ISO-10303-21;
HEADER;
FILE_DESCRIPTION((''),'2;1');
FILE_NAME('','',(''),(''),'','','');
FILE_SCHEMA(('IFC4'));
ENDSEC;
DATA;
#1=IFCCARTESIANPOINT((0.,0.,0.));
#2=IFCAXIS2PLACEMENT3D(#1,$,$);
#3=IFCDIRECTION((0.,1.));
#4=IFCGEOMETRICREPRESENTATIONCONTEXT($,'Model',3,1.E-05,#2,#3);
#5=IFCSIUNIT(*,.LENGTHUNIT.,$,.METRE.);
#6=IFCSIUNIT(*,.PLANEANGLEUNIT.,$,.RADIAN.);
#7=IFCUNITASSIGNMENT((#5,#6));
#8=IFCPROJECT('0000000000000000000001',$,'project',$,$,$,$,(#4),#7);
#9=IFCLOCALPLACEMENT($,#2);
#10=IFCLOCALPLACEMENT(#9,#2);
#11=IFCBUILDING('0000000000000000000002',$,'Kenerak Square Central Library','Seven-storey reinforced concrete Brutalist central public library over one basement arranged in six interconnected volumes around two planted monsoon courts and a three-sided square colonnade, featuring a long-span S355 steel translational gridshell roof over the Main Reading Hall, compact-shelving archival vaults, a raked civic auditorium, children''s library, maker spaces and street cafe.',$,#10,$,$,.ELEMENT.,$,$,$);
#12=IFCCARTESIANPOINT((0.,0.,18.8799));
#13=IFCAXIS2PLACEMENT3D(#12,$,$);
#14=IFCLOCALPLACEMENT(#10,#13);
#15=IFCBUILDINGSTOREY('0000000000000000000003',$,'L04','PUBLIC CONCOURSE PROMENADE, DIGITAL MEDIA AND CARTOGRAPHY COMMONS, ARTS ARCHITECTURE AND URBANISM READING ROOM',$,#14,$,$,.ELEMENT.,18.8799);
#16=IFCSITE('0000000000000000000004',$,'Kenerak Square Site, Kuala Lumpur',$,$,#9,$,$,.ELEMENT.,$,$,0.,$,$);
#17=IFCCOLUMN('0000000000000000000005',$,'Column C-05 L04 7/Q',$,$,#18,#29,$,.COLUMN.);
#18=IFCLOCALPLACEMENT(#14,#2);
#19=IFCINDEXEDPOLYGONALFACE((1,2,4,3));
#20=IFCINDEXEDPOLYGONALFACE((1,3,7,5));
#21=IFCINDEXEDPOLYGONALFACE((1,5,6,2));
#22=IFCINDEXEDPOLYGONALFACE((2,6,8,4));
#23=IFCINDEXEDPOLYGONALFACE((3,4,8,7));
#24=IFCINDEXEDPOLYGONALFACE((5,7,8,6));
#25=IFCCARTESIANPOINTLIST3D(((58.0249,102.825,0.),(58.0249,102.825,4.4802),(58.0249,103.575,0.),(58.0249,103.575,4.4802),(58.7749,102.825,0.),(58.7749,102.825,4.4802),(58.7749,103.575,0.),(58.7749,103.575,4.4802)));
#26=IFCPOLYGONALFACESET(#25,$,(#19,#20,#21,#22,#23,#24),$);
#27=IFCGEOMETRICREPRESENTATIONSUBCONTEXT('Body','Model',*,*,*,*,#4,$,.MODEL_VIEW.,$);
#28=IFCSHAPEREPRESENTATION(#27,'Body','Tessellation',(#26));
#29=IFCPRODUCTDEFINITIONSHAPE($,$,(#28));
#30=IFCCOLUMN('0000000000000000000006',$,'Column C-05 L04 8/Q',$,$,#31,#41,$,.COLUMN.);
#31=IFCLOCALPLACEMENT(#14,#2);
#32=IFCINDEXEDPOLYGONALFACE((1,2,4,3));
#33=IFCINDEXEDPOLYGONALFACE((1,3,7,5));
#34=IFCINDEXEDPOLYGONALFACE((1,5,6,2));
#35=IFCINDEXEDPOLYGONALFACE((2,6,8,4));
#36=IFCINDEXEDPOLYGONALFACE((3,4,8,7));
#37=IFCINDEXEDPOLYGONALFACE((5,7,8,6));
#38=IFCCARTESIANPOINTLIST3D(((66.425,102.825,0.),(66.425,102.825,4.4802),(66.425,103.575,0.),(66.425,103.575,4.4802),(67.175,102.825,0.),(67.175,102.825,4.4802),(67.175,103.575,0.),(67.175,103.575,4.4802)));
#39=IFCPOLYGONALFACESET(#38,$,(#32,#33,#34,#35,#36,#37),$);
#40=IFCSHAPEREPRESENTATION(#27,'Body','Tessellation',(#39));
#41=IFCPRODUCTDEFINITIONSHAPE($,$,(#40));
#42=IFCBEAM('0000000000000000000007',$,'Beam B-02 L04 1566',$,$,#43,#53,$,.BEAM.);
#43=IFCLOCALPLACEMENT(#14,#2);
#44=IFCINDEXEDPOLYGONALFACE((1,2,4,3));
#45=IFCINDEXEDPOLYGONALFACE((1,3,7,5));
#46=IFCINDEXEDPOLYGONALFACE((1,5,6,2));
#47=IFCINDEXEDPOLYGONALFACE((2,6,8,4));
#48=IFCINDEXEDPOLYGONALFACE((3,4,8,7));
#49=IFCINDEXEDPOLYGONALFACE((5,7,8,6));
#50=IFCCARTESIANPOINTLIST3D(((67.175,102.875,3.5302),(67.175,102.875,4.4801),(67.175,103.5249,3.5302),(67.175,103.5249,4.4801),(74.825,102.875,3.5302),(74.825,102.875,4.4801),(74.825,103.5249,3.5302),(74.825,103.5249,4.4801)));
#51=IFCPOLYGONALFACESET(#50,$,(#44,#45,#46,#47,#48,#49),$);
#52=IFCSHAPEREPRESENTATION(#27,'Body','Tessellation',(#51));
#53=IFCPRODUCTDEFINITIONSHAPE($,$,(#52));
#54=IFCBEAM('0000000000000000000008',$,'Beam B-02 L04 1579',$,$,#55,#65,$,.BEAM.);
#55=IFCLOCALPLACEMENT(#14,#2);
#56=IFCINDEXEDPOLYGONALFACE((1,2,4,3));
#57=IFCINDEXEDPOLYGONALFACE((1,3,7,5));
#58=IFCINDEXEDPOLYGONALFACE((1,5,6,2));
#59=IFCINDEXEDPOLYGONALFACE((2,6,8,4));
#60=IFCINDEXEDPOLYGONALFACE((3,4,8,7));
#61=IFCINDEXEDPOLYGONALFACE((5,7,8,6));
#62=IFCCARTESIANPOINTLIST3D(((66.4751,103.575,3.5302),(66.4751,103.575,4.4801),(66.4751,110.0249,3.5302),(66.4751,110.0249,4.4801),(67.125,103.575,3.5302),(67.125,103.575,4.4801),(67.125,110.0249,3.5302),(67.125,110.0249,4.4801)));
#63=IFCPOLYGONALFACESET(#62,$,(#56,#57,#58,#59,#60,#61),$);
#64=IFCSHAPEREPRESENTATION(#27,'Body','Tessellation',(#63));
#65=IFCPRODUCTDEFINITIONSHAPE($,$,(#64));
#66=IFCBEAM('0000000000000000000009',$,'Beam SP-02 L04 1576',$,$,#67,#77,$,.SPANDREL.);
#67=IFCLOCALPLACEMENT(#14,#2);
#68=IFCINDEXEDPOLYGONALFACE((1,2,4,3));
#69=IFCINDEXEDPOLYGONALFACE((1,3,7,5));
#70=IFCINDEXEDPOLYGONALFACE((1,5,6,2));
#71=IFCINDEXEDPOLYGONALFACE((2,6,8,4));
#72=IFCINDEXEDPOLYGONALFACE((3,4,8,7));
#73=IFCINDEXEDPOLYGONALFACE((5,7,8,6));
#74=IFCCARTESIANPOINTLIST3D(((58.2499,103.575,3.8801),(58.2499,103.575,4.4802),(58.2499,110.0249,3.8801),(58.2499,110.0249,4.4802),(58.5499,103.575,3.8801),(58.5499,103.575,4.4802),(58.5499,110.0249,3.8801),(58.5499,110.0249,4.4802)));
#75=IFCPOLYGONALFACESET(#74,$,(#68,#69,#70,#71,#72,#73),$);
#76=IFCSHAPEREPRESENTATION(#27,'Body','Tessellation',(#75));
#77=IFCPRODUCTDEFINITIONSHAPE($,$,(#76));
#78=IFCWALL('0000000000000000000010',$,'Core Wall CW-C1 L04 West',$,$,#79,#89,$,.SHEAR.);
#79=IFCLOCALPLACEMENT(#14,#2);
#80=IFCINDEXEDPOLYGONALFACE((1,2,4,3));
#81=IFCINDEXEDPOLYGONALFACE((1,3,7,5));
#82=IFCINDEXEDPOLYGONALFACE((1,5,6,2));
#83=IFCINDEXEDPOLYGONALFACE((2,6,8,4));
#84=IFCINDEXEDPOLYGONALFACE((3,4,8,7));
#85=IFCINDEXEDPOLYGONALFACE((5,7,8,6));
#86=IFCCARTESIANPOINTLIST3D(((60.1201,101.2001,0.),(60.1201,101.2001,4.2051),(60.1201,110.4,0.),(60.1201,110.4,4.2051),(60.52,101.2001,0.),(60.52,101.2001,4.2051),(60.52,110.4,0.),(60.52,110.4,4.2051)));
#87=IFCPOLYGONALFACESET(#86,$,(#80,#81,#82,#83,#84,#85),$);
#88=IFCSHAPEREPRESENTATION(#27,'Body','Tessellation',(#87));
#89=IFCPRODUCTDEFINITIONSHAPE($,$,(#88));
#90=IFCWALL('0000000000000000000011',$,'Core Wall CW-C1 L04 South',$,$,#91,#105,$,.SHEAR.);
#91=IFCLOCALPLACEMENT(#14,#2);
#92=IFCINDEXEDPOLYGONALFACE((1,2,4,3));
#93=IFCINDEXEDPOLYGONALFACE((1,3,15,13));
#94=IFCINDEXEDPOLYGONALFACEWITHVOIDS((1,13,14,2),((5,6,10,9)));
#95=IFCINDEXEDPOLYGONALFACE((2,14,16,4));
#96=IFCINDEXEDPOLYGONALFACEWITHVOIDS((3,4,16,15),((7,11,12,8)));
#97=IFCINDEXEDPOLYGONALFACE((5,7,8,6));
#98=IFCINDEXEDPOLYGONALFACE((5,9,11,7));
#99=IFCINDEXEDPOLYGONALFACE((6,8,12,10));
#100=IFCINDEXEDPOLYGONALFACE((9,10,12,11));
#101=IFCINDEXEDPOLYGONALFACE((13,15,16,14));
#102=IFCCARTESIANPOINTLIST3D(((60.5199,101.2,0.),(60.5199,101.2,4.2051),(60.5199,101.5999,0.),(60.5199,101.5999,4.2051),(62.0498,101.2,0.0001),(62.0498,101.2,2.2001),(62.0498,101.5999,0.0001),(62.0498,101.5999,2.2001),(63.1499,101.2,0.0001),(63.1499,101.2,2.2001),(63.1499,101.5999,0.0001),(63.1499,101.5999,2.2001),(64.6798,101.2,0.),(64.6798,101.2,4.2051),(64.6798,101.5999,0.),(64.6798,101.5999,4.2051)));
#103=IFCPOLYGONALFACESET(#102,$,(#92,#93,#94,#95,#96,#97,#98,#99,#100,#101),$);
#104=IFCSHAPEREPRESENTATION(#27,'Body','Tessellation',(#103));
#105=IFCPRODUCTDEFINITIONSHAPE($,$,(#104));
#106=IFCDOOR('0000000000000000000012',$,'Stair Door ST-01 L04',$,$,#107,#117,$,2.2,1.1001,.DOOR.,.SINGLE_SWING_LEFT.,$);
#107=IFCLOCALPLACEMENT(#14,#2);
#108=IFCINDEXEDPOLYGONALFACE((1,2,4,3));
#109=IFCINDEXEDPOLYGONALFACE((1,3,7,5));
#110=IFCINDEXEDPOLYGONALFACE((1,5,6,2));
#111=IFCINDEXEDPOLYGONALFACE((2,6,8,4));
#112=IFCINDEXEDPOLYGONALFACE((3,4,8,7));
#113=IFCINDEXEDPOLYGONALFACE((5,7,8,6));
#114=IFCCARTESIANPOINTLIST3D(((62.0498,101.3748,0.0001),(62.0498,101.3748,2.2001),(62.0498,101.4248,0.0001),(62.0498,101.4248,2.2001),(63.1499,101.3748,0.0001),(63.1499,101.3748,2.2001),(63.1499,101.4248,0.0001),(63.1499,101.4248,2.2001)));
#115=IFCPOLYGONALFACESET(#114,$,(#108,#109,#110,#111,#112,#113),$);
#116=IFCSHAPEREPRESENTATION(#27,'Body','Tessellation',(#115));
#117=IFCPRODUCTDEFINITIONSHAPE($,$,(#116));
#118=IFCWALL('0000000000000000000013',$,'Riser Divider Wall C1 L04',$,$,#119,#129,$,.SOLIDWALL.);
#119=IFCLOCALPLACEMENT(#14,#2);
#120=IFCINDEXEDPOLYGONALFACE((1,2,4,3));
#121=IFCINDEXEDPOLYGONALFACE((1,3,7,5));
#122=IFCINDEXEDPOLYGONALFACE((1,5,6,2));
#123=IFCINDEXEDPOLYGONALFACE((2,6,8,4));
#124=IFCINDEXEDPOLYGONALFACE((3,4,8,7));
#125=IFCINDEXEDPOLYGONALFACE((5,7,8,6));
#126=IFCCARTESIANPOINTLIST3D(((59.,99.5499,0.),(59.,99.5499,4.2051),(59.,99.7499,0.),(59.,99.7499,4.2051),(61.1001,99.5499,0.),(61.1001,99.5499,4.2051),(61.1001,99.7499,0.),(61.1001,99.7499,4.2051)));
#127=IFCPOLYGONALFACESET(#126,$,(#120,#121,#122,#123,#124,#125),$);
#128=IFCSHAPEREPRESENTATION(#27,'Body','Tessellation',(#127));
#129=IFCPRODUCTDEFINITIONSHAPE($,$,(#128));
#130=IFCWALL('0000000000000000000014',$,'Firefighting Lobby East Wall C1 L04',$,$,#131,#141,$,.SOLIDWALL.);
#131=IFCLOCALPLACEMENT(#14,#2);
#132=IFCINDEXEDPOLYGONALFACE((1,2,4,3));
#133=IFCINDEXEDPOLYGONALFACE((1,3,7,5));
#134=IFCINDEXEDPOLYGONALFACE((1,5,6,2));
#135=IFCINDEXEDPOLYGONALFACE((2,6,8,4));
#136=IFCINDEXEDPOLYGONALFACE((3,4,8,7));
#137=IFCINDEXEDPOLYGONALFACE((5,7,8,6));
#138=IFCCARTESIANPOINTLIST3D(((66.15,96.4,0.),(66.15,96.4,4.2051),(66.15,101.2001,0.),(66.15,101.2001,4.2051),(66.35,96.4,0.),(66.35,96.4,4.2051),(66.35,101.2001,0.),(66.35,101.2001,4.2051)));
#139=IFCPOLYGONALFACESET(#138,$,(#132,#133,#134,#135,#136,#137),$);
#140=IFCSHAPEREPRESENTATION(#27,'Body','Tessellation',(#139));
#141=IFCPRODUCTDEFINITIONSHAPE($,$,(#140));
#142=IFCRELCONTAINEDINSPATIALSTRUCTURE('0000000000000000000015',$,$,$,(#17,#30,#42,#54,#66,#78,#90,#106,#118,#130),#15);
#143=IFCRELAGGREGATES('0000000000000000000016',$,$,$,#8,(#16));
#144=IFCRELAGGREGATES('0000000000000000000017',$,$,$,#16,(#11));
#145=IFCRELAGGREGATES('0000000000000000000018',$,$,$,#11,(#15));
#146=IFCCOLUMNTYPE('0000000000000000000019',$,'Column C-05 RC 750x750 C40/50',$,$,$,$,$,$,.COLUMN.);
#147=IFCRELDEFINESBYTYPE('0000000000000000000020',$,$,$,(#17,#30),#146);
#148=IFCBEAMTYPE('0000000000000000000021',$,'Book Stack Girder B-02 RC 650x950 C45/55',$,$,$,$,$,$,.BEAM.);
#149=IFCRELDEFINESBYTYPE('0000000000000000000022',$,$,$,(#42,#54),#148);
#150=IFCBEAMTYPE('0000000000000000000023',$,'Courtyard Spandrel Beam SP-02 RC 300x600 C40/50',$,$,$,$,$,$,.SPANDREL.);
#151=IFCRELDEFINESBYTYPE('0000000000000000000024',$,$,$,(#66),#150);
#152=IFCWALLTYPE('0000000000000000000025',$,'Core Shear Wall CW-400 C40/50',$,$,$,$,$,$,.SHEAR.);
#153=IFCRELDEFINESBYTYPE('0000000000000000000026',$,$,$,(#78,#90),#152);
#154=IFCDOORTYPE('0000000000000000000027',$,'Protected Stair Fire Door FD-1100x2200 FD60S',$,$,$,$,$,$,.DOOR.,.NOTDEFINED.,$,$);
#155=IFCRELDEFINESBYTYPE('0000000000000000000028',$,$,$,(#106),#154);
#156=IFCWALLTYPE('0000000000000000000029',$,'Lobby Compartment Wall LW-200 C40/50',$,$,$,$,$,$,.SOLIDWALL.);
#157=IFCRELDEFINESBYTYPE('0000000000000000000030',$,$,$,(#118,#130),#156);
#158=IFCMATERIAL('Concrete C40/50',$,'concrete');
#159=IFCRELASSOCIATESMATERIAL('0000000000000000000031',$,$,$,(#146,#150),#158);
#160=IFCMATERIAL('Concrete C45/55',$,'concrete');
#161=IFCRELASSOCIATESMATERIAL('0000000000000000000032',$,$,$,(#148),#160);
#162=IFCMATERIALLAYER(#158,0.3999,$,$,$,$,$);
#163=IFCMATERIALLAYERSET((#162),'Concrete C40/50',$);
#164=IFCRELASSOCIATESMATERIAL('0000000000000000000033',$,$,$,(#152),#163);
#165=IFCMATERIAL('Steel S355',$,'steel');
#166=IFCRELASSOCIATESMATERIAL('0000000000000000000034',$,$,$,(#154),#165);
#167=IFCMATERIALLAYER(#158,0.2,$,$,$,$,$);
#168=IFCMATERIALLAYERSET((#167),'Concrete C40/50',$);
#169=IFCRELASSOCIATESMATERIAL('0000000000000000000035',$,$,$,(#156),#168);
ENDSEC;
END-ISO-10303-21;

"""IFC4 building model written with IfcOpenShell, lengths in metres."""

from ifc_helpers import new_model, si_unit, direction, frame, frame_2d, origin, origin_2d, place, context, subcontext, project, spatial, rectangle, extrude, material, layer, layer_set, material_profile, profile_set, type_object, element, fill, save


model = new_model("IFC4")

# Units and contexts
model_context = context("Model", 3, precision=1e-05, world=origin(), true_north=direction((0.0, 1.0)))
body_context = subcontext(model_context, "Body", "Model", "MODEL_VIEW")
ifc_project = project(units=[si_unit("LENGTHUNIT", "METRE"), si_unit("PLANEANGLEUNIT", "RADIAN")], contexts=[model_context])

# Site, building, storey
site_placement = place(None, origin())
site = spatial("IfcSite", under=ifc_project, at=site_placement, Name="Kenerak Square Site, Kuala Lumpur", CompositionType="ELEMENT", RefElevation=0.0)
building_placement = place(site_placement, origin())
building = spatial("IfcBuilding", under=site, at=building_placement, Name="Kenerak Square Central Library", Description="Seven-storey reinforced concrete Brutalist central public library over one basement arranged in six interconnected volumes around two planted monsoon courts and a three-sided square colonnade, featuring a long-span S355 steel translational gridshell roof over the Main Reading Hall, compact-shelving archival vaults, a raked civic auditorium, children's library, maker spaces and street cafe.", CompositionType="ELEMENT")
storey_placement = place(building_placement, frame((0.0, 0.0, 18.8799)))
storey = spatial("IfcBuildingStorey", under=building, at=storey_placement, Name="L04", Description="PUBLIC CONCOURSE PROMENADE, DIGITAL MEDIA AND CARTOGRAPHY COMMONS, ARTS ARCHITECTURE AND URBANISM READING ROOM", CompositionType="ELEMENT", Elevation=18.8799)

# Columns
ifc_material_1 = material(Name="Concrete C40/50", Category="concrete")
ifc_material_profile_1 = material_profile(ifc_material_1, rectangle(XDim=0.75, YDim=0.75, at=origin_2d()), Name="RC 750x750")
ifc_profile_set_1 = profile_set([ifc_material_profile_1], Name="Concrete C40/50")
column_type = type_object("IfcColumnType", Name="Column C-05 RC 750x750 C40/50", PredefinedType="COLUMN", material=ifc_profile_set_1)
for number, where, z_axis, x_axis, name in (
    (1, (58.3999, 103.2, 0.0), (0.0, 0.0, 1.0), (1.0, 0.0, 0.0), "Column C-05 L04 7/Q"),
    (2, (66.8, 103.2, 0.0), (0.0, 0.0, 1.0), (1.0, 0.0, 0.0), "Column C-05 L04 8/Q"),
):
    element("IfcColumn", number, at=place(storey_placement, frame(where, z_axis=z_axis, x_axis=x_axis)), inside=storey, type_object=column_type, Name=name, PredefinedType="COLUMN", context=body_context, shape_type="SweptSolid", body=[
        extrude(rectangle(XDim=0.75, YDim=0.75, at=origin_2d()), origin(), (0.0, 0.0, 1.0), 4.4802),
    ])

# Beams
ifc_material_2 = material(Name="Concrete C45/55", Category="concrete")
ifc_material_profile_2 = material_profile(ifc_material_2, rectangle(XDim=0.6499, YDim=0.95, at=origin_2d()), Name="RC 650x950")
ifc_profile_set_2 = profile_set([ifc_material_profile_2], Name="Concrete C45/55")
beam_type_1 = type_object("IfcBeamType", Name="Book Stack Girder B-02 RC 650x950 C45/55", PredefinedType="BEAM", material=ifc_profile_set_2)
beam_1_placement = place(storey_placement, frame((67.175, 103.2, 4.0051), z_axis=(1.0, 0.0, 0.0), x_axis=(0.0, 1.0, 0.0)))
element("IfcBeam", 3, at=beam_1_placement, inside=storey, type_object=beam_type_1, Name="Beam B-02 L04 1566", PredefinedType="BEAM", context=body_context, shape_type="SweptSolid", body=[
    extrude(rectangle(XDim=0.6499, YDim=0.95, at=origin_2d()), origin(), (0.0, 0.0, 1.0), 7.6499),
])
beam_2_placement = place(storey_placement, frame((66.8, 103.575, 4.0051), z_axis=(0.0, 1.0, 0.0), x_axis=(-1.0, 0.0, 0.0)))
element("IfcBeam", 4, at=beam_2_placement, inside=storey, type_object=beam_type_1, Name="Beam B-02 L04 1579", PredefinedType="BEAM", context=body_context, shape_type="SweptSolid", body=[
    extrude(rectangle(XDim=0.6499, YDim=0.95, at=origin_2d()), origin(), (0.0, 0.0, 1.0), 6.45),
])
ifc_material_profile_3 = material_profile(ifc_material_1, rectangle(XDim=0.3, YDim=0.6001, at=origin_2d()), Name="RC 300x600")
ifc_profile_set_3 = profile_set([ifc_material_profile_3], Name="Concrete C40/50")
beam_type_2 = type_object("IfcBeamType", Name="Courtyard Spandrel Beam SP-02 RC 300x600 C40/50", PredefinedType="SPANDREL", material=ifc_profile_set_3)
beam_3_placement = place(storey_placement, frame((58.3999, 103.575, 4.1802), z_axis=(0.0, 1.0, 0.0), x_axis=(-1.0, 0.0, 0.0)))
element("IfcBeam", 5, at=beam_3_placement, inside=storey, type_object=beam_type_2, Name="Beam SP-02 L04 1576", PredefinedType="SPANDREL", context=body_context, shape_type="SweptSolid", body=[
    extrude(rectangle(XDim=0.3, YDim=0.6001, at=origin_2d()), origin(), (0.0, 0.0, 1.0), 6.45),
])

# Wall
ifc_layer_1 = layer(ifc_material_1, 0.3999)
ifc_layer_set_1 = layer_set([ifc_layer_1], Name="Concrete C40/50")
wall_type_1 = type_object("IfcWallType", Name="Core Shear Wall CW-400 C40/50", PredefinedType="SHEAR", material=ifc_layer_set_1)
wall_1_placement = place(storey_placement, frame((60.3201, 101.2, 0.0), z_axis=(0.0, 0.0, 1.0), x_axis=(0.0, 1.0, 0.0)))
element("IfcWall", 6, at=wall_1_placement, inside=storey, type_object=wall_type_1, Name="Core Wall CW-C1 L04 West", PredefinedType="SHEAR", context=body_context, shape_type="SweptSolid", body=[
    extrude(rectangle(XDim=9.2, YDim=0.3999, at=frame_2d((4.6001, 0.0))), origin(), (0.0, 0.0, 1.0), 4.2051),
])

# Wall, opening, door
wall_2_placement = place(storey_placement, frame((64.6799, 101.3999, 0.0), z_axis=(0.0, 0.0, 1.0), x_axis=(-1.0, 0.0, 0.0)))
wall_2 = element("IfcWall", 7, at=wall_2_placement, inside=storey, type_object=wall_type_1, Name="Core Wall CW-C1 L04 South", PredefinedType="SHEAR", context=body_context, shape_type="SweptSolid", body=[
    extrude(rectangle(XDim=4.1599, YDim=0.3999, at=frame_2d((2.0801, 0.0))), origin(), (0.0, 0.0, 1.0), 4.2051),
])
opening_1_placement = place(wall_2_placement, frame((1.53, 0.0, 0.0)))
opening_1 = element("IfcOpeningElement", 8, at=opening_1_placement, cuts=wall_2, PredefinedType="OPENING", context=body_context, shape_type="SweptSolid", body=[
    extrude(rectangle(XDim=1.1001, YDim=2.2, at=frame_2d((0.55, 1.1001))), frame((0.0, 0.21, 0.0), z_axis=(0.0, -1.0, 0.0), x_axis=(1.0, 0.0, 0.0)), (0.0, 0.0, 1.0), 0.4199),
])
ifc_material_3 = material(Name="Steel S355", Category="steel")
door_type_1 = type_object("IfcDoorType", Name="Protected Stair Fire Door FD-1100x2200 FD60S", OperationType="NOTDEFINED", PredefinedType="DOOR", material=ifc_material_3)
door_1_placement = place(opening_1_placement, frame((1.1001, 0.0, 0.0), z_axis=(0.0, 0.0, 1.0), x_axis=(-1.0, 0.0, 0.0)))
door_1 = element("IfcDoor", 9, at=door_1_placement, inside=storey, type_object=door_type_1, Name="Stair Door ST-01 L04", OperationType="SINGLE_SWING_LEFT", OverallHeight=2.2, OverallWidth=1.1001, PredefinedType="DOOR", context=body_context, shape_type="SweptSolid", body=[
    extrude(rectangle(XDim=1.1001, YDim=2.2, at=frame_2d((0.55, 1.1001))), frame((0.0, 0.0249, 0.0), z_axis=(0.0, -1.0, 0.0), x_axis=(1.0, 0.0, 0.0)), (0.0, 0.0, 1.0), 0.05),
])
fill(opening_1, door_1)

# Walls
ifc_layer_2 = layer(ifc_material_1, 0.2)
ifc_layer_set_2 = layer_set([ifc_layer_2], Name="Concrete C40/50")
wall_type_2 = type_object("IfcWallType", Name="Lobby Compartment Wall LW-200 C40/50", PredefinedType="SOLIDWALL", material=ifc_layer_set_2)
wall_3_placement = place(storey_placement, frame((59.0, 99.6499, 0.0), z_axis=(0.0, 0.0, 1.0), x_axis=(1.0, 0.0, 0.0)))
element("IfcWall", 10, at=wall_3_placement, inside=storey, type_object=wall_type_2, Name="Riser Divider Wall C1 L04", PredefinedType="SOLIDWALL", context=body_context, shape_type="SweptSolid", body=[
    extrude(rectangle(XDim=2.1001, YDim=0.2, at=frame_2d((1.05, 0.0))), origin(), (0.0, 0.0, 1.0), 4.2051),
])
wall_4_placement = place(storey_placement, frame((66.25, 101.2, 0.0), z_axis=(0.0, 0.0, 1.0), x_axis=(0.0, -1.0, 0.0)))
element("IfcWall", 11, at=wall_4_placement, inside=storey, type_object=wall_type_2, Name="Firefighting Lobby East Wall C1 L04", PredefinedType="SOLIDWALL", context=body_context, shape_type="SweptSolid", body=[
    extrude(rectangle(XDim=4.8, YDim=0.2, at=frame_2d((2.3999, 0.0))), origin(), (0.0, 0.0, 1.0), 4.2051),
])

save(model, "model.ifc")
